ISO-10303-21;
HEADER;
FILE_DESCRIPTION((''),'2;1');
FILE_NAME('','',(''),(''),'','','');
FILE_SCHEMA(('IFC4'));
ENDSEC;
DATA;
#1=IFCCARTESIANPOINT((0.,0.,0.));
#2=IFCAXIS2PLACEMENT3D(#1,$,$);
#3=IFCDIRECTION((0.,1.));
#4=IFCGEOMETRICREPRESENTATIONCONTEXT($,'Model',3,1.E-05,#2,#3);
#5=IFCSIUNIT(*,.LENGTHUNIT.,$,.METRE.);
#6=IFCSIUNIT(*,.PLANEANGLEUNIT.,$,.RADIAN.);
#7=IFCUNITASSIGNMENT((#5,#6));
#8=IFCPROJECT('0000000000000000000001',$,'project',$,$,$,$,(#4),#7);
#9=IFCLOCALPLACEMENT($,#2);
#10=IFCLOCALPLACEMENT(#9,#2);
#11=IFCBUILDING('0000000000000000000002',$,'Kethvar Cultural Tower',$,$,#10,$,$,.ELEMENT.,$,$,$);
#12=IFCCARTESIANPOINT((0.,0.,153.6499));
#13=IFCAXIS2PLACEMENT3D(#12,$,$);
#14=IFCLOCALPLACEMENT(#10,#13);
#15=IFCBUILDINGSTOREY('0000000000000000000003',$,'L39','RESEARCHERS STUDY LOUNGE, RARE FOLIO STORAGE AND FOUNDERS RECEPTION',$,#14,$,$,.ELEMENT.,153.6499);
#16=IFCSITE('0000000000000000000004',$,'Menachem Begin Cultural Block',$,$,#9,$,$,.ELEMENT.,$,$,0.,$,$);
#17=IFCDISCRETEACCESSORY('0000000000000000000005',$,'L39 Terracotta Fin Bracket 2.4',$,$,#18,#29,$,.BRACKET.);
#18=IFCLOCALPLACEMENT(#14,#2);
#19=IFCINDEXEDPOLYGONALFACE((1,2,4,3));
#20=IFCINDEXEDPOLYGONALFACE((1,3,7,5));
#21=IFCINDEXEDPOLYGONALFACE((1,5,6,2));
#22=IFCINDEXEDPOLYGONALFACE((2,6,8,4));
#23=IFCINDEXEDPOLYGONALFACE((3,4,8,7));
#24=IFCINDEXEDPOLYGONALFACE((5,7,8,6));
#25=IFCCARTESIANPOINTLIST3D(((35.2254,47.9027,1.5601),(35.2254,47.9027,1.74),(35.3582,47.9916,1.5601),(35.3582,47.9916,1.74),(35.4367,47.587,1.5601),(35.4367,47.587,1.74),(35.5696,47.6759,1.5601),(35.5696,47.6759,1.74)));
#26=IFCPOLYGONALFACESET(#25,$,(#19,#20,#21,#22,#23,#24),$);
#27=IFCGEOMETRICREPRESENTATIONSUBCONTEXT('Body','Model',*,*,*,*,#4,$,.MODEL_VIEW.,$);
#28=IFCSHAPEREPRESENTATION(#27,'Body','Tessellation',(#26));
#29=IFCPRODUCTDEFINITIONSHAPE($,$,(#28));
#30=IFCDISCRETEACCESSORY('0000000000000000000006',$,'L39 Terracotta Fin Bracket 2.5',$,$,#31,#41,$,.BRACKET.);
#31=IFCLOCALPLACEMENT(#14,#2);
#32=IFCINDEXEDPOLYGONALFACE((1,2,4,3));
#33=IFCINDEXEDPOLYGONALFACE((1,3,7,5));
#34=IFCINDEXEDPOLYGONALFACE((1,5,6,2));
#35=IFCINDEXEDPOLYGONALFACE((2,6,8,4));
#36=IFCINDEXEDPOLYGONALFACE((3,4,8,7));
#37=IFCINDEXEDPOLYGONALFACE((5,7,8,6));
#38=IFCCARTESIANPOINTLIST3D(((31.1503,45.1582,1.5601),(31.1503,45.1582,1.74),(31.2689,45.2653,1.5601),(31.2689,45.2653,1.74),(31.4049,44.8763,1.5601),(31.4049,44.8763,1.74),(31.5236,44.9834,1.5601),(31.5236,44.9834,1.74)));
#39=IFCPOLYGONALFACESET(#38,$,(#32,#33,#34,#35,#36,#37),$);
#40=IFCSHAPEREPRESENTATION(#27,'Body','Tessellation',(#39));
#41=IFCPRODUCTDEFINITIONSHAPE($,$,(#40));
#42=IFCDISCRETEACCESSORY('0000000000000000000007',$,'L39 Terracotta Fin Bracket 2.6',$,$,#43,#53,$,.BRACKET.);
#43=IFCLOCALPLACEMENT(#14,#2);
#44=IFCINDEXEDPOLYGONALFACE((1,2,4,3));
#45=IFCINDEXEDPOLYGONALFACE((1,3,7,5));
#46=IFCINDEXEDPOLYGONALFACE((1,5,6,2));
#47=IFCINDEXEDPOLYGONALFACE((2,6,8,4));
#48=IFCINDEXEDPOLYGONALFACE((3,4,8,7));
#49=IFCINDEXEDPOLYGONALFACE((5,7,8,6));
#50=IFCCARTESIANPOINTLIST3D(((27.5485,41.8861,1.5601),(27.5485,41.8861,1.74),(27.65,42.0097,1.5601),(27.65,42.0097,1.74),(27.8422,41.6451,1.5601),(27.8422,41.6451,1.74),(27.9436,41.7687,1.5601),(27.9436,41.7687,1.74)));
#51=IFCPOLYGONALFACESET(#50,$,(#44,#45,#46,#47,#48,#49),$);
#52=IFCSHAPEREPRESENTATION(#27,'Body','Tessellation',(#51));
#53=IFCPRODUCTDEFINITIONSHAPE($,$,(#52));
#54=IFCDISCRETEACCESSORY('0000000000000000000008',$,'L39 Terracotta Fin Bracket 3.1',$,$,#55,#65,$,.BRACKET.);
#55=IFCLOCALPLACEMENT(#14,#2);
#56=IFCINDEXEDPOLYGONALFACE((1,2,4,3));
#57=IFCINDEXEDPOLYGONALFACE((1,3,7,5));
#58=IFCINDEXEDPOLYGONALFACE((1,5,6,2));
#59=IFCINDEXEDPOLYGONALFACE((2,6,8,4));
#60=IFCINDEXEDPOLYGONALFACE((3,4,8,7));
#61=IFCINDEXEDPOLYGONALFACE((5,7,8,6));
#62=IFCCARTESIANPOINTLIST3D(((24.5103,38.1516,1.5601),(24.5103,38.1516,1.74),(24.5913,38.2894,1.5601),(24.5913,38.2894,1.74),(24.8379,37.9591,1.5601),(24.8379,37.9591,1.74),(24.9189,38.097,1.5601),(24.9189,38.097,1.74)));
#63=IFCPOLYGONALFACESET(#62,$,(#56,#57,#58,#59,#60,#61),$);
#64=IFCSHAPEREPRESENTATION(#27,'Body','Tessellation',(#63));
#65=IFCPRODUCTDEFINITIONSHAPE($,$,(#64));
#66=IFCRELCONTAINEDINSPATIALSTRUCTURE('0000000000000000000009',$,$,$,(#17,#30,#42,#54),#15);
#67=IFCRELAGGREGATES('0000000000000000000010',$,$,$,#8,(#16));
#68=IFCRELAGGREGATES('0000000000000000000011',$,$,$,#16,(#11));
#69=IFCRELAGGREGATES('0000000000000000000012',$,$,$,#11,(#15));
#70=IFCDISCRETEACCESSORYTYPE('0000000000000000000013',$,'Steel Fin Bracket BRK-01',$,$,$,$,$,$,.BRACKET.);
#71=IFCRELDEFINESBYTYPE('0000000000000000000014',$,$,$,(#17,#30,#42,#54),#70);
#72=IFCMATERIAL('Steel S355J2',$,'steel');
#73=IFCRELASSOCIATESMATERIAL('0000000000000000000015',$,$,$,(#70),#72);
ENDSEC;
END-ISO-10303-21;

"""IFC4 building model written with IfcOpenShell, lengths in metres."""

from ifc_helpers import new_model, si_unit, direction, frame, origin, origin_2d, place, context, subcontext, project, spatial, rectangle, extrude, source, transform, mapped, material, type_object, element, save


model = new_model("IFC4")

# Units and contexts
model_context = context("Model", 3, precision=1e-05, world=origin(), true_north=direction((0.0, 1.0)))
body_context = subcontext(model_context, "Body", "Model", "MODEL_VIEW")
ifc_project = project(units=[si_unit("LENGTHUNIT", "METRE"), si_unit("PLANEANGLEUNIT", "RADIAN")], contexts=[model_context])

# Site, building, storey
site_placement = place(None, origin())
site = spatial("IfcSite", under=ifc_project, at=site_placement, Name="Menachem Begin Cultural Block", CompositionType="ELEMENT", RefElevation=0.0)
building_placement = place(site_placement, origin())
building = spatial("IfcBuilding", under=site, at=building_placement, Name="Kethvar Cultural Tower", CompositionType="ELEMENT")
storey_placement = place(building_placement, frame((0.0, 0.0, 153.6499)))
storey = spatial("IfcBuildingStorey", under=building, at=storey_placement, Name="L39", Description="RESEARCHERS STUDY LOUNGE, RARE FOLIO STORAGE AND FOUNDERS RECEPTION", CompositionType="ELEMENT", Elevation=153.6499)

# Shared definitions
ifc_material_1 = material(Name="Steel S355J2", Category="steel")

# Discrete accessories
discrete_accessory_type = type_object("IfcDiscreteAccessoryType", Name="Steel Fin Bracket BRK-01", PredefinedType="BRACKET", material=ifc_material_1)
shared_shape_1 = source(origin(), body_context, "Body", "SweptSolid", [
    extrude(rectangle(XDim=0.3799, YDim=0.1599, at=origin_2d()), origin(), (0.0, 0.0, 1.0), 0.1799),
])
for number, where, z_axis, x_axis, name in (
    (1, (35.3975, 47.7893, 1.5601), (0.0, 0.0, 1.0), (-0.556296, 0.830984, 0.0), "L39 Terracotta Fin Bracket 2.4"),
    (2, (31.3369, 45.0708, 1.5601), (0.0, 0.0, 1.0), (-0.670297, 0.742093, 0.0), "L39 Terracotta Fin Bracket 2.5"),
    (3, (27.7461, 41.8274, 1.5601), (0.0, 0.0, 1.0), (-0.772955, 0.634461, 0.0), "L39 Terracotta Fin Bracket 2.6"),
    (4, (24.7146, 38.1243, 1.5601), (0.0, 0.0, 1.0), (-0.86216, 0.506636, 0.0), "L39 Terracotta Fin Bracket 3.1"),
):
    element("IfcDiscreteAccessory", number, at=place(storey_placement, frame(where, z_axis=z_axis, x_axis=x_axis)), inside=storey, type_object=discrete_accessory_type, Name=name, PredefinedType="BRACKET", context=body_context, shape_type="MappedRepresentation", body=[
        mapped(shared_shape_1, transform((0.0, 0.0, 0.0), scale=1.0)),
    ])

save(model, "model.ifc")
